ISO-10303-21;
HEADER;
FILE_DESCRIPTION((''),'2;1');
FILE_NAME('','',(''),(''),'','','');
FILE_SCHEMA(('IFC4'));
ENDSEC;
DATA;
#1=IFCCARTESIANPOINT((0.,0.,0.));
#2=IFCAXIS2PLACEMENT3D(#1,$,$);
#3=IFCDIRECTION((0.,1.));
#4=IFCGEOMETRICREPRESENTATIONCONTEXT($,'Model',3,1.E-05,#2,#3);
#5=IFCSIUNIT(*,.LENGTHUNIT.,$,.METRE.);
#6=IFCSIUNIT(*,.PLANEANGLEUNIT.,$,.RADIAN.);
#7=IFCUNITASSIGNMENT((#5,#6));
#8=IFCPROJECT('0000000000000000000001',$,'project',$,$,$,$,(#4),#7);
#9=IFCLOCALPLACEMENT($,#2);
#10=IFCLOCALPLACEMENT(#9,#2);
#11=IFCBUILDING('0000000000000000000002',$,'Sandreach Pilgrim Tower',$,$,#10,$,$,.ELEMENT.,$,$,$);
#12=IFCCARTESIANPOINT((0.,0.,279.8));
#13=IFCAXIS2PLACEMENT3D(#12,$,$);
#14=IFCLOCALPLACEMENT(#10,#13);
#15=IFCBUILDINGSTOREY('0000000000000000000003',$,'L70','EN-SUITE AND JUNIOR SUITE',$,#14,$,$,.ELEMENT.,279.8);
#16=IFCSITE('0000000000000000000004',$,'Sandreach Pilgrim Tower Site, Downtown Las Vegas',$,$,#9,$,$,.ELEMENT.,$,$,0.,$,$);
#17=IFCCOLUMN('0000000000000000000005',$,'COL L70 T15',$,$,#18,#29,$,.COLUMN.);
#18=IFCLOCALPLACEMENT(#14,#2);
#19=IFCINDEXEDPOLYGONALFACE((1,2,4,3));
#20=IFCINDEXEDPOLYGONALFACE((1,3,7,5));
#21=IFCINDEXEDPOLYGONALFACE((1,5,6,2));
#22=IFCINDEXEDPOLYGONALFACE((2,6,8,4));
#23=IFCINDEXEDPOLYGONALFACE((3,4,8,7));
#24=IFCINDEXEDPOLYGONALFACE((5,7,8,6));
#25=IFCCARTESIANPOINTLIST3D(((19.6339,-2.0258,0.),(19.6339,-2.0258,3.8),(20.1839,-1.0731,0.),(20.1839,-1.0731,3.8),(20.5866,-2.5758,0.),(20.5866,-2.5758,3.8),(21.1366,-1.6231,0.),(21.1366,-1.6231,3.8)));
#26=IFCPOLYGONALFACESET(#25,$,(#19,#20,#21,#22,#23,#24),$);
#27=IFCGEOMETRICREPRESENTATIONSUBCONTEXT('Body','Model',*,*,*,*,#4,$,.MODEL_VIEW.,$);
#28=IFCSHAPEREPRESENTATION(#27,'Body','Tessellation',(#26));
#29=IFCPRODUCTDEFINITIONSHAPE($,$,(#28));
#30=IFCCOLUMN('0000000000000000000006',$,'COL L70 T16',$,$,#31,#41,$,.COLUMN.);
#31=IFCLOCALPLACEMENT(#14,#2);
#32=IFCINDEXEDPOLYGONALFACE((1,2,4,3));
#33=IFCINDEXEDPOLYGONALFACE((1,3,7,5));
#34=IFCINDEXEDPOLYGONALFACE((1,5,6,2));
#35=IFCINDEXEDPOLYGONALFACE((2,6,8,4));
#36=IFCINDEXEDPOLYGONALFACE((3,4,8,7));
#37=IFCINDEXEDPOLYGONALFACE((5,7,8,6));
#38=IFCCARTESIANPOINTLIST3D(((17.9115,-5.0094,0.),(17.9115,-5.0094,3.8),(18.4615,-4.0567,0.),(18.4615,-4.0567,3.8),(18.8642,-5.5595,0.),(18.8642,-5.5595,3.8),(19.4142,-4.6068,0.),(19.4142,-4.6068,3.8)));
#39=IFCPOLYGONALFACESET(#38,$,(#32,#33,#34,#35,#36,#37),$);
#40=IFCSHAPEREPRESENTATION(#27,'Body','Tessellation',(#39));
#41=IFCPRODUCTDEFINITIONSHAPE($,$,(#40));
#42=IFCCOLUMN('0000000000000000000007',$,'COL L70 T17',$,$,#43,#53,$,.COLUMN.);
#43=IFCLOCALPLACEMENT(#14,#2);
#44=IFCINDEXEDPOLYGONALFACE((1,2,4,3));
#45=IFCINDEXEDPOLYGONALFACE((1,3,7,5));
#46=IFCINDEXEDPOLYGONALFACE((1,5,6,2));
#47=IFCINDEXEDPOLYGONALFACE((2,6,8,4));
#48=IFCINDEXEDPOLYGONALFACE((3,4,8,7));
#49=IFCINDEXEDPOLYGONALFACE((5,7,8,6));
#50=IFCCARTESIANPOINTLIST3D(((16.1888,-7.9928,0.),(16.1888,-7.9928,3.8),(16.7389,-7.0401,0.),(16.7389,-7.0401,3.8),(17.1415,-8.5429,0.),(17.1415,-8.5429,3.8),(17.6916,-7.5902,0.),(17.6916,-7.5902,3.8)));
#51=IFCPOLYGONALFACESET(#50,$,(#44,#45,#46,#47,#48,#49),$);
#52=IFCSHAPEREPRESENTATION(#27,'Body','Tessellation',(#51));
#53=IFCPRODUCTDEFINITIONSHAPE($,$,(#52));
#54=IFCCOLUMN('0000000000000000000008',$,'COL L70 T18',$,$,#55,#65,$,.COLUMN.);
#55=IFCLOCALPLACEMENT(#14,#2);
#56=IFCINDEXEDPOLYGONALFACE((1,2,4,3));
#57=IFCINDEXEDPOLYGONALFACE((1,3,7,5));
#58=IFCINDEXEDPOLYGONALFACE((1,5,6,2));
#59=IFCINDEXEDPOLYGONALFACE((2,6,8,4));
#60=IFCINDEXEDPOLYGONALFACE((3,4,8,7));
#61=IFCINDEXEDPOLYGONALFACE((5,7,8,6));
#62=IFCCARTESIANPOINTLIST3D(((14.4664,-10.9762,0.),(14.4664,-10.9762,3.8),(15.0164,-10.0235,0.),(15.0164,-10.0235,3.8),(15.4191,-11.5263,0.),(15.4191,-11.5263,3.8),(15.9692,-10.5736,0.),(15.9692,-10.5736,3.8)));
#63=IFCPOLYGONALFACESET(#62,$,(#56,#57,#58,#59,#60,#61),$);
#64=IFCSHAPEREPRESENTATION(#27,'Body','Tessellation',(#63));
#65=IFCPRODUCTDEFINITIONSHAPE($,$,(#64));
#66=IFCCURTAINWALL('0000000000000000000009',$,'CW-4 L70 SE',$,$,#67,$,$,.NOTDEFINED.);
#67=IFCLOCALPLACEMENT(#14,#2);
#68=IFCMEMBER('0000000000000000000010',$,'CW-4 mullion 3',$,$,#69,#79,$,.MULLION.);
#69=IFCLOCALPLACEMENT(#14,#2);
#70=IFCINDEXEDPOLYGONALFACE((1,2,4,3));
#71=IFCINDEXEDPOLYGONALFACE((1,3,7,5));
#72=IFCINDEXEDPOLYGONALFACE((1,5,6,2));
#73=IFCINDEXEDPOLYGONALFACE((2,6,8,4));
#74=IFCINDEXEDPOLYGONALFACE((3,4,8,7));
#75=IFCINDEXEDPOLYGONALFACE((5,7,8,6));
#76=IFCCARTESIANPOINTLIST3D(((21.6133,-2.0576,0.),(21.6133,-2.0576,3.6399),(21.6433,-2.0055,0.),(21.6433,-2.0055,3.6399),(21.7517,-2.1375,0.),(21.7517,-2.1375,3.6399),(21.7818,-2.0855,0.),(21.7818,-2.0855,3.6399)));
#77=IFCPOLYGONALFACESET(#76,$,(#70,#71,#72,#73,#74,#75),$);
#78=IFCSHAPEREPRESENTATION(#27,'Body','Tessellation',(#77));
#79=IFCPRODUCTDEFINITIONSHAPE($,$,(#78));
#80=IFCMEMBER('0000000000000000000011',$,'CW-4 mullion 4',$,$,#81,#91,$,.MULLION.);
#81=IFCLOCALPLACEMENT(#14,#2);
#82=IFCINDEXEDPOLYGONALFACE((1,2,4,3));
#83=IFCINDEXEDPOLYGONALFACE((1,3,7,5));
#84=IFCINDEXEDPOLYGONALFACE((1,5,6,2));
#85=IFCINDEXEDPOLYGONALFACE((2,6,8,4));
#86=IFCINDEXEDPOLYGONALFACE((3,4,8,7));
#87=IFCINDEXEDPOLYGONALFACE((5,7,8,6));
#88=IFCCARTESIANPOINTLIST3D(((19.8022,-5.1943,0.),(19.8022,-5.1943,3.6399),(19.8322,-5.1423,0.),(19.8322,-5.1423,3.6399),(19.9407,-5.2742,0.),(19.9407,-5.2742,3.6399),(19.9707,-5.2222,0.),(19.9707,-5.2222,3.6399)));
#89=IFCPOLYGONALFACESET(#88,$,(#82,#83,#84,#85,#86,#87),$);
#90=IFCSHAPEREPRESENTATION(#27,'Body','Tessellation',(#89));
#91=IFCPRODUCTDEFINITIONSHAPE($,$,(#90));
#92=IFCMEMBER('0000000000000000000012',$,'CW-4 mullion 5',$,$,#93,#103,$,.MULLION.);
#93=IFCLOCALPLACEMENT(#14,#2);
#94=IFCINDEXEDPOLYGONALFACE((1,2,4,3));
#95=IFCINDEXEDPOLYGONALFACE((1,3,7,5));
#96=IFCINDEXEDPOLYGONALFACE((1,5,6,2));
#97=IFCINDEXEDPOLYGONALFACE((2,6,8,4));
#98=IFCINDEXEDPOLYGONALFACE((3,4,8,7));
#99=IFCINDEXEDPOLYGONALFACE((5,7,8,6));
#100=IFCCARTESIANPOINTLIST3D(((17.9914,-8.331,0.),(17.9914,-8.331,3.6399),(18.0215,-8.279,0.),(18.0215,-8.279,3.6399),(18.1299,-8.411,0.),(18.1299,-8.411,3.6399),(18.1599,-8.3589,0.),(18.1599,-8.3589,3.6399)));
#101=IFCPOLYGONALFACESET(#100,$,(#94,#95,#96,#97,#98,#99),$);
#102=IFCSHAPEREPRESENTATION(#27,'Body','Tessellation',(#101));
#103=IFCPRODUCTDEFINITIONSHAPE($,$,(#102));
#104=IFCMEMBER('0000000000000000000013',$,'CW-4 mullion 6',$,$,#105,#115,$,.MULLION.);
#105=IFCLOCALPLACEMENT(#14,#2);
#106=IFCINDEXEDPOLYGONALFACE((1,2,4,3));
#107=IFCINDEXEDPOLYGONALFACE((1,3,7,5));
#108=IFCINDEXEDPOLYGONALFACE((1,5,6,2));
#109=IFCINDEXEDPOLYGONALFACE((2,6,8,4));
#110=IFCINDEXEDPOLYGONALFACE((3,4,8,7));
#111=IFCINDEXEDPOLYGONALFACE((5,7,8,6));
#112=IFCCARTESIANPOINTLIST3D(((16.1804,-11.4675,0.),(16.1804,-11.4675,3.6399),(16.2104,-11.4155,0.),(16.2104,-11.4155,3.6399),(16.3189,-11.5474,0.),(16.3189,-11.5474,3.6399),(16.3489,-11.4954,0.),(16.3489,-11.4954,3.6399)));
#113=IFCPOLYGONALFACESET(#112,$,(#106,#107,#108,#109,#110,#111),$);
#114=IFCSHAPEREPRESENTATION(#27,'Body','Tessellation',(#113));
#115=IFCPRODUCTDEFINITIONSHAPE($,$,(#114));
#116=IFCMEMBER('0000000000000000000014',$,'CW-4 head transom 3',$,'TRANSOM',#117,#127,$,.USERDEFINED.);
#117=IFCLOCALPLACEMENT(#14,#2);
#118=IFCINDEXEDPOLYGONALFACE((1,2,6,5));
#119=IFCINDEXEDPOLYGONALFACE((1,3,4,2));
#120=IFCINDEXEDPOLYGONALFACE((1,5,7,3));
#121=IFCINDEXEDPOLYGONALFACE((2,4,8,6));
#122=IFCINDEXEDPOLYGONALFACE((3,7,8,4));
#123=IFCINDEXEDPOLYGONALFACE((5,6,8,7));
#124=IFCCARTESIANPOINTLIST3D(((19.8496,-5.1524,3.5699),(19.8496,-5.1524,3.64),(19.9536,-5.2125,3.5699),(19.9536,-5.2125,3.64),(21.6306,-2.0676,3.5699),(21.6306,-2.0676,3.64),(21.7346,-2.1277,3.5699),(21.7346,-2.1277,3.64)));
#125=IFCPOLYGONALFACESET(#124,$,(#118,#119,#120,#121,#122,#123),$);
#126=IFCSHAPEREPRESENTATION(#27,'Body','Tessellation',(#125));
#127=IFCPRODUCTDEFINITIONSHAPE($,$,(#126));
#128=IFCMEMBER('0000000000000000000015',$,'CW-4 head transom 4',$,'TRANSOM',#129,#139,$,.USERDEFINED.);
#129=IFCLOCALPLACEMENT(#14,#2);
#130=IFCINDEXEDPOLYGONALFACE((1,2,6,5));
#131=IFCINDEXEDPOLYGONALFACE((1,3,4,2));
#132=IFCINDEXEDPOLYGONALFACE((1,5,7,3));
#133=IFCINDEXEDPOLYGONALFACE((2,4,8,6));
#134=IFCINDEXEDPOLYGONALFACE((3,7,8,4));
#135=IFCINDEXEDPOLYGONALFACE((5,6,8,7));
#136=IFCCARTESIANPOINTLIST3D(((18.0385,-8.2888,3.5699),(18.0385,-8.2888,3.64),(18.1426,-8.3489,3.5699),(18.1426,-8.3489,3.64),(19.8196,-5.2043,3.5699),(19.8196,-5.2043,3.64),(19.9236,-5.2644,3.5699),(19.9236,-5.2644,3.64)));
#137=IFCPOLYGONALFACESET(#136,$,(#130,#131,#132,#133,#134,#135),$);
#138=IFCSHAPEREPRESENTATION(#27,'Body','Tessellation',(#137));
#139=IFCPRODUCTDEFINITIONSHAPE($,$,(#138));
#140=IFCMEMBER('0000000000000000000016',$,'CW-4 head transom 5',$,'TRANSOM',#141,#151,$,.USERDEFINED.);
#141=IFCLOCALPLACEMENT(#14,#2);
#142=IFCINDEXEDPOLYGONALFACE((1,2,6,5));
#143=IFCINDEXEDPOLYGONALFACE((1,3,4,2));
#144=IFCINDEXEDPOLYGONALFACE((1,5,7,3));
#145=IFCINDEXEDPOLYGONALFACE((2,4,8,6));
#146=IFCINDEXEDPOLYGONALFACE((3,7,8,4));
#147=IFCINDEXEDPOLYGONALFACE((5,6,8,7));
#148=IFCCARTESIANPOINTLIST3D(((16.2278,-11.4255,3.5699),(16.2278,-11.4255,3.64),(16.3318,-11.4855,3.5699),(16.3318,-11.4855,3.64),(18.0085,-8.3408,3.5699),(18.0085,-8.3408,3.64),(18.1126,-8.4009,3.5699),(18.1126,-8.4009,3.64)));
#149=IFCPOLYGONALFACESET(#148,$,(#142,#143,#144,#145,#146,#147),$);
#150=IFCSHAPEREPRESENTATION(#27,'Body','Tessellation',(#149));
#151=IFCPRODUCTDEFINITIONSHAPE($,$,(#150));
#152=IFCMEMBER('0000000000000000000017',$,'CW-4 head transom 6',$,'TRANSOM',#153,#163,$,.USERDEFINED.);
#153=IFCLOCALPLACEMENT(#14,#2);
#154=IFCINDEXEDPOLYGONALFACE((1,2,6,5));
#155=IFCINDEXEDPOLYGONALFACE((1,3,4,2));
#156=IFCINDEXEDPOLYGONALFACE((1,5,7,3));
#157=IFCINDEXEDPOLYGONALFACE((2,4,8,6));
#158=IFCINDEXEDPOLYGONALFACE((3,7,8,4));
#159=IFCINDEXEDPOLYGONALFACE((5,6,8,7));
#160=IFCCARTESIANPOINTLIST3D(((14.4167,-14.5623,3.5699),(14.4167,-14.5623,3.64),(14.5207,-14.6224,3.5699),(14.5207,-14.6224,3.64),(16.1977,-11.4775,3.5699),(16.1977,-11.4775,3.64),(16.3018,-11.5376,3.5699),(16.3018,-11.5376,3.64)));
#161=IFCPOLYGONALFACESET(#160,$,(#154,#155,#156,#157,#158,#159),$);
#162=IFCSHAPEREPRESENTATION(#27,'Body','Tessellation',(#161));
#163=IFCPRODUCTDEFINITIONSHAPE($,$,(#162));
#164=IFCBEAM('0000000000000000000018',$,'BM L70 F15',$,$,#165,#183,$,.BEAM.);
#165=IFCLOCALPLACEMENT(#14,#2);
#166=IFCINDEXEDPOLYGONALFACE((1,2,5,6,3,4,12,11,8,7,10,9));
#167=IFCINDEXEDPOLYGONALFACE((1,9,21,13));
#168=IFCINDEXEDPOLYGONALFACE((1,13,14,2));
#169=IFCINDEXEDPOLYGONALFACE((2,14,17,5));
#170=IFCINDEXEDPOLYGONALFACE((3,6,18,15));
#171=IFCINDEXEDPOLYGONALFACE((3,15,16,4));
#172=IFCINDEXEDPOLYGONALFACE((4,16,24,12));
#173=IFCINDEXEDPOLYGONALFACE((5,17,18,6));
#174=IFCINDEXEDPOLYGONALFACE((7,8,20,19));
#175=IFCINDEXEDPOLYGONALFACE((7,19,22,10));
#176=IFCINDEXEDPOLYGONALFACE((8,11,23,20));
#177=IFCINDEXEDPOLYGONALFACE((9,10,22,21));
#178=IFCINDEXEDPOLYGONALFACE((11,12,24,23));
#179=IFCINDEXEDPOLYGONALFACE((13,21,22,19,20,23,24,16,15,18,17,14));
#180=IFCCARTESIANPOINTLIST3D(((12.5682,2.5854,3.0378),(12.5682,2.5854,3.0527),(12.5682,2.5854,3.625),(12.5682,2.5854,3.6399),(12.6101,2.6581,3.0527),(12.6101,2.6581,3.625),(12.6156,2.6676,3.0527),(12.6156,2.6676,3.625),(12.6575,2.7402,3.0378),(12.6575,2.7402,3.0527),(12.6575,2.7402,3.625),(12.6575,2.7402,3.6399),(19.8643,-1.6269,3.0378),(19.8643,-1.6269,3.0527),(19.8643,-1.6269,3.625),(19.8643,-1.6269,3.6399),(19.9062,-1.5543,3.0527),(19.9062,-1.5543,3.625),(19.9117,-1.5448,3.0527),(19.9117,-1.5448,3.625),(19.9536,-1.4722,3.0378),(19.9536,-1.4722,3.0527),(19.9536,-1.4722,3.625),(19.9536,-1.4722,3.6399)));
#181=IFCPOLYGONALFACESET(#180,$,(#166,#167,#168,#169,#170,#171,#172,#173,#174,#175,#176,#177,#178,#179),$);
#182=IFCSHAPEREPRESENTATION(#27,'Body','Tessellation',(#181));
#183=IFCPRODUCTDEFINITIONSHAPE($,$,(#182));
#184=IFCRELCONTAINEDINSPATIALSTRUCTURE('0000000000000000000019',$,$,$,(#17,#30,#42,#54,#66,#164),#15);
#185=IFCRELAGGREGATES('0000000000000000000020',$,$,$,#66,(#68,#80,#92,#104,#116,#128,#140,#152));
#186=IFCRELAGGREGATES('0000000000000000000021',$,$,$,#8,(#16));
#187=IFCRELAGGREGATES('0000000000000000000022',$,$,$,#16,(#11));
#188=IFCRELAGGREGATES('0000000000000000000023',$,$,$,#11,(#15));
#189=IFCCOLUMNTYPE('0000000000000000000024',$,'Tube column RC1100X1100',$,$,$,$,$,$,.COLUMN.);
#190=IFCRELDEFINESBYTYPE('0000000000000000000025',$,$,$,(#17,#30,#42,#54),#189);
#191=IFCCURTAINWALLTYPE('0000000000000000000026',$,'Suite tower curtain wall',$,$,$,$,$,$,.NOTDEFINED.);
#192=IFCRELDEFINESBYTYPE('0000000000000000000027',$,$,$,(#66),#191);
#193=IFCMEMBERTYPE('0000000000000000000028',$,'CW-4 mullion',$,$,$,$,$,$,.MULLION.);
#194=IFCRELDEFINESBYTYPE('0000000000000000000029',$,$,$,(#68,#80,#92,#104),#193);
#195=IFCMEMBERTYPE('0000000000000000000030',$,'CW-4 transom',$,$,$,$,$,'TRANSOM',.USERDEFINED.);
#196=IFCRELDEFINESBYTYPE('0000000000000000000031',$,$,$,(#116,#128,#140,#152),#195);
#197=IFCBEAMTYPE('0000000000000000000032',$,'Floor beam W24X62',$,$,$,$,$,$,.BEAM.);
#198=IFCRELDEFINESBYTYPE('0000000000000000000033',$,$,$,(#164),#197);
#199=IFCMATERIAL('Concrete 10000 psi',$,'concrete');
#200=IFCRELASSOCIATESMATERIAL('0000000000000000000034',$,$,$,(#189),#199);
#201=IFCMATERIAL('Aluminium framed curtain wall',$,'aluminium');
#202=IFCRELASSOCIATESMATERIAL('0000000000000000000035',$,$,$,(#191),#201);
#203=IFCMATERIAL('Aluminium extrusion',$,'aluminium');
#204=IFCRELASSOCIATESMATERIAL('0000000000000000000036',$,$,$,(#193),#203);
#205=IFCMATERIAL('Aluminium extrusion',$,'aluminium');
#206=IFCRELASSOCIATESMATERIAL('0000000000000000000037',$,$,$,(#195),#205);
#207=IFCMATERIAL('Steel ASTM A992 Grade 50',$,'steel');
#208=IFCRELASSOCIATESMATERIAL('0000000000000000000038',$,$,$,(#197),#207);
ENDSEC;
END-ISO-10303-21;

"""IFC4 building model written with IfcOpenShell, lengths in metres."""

from ifc_helpers import new_model, si_unit, direction, frame, origin, origin_2d, place, context, subcontext, project, spatial, rectangle, i_section, extrude, material, material_profile, profile_set, type_object, element, aggregate, save


model = new_model("IFC4")

# Units and contexts
model_context = context("Model", 3, precision=1e-05, world=origin(), true_north=direction((0.0, 1.0)))
body_context = subcontext(model_context, "Body", "Model", "MODEL_VIEW")
ifc_project = project(units=[si_unit("LENGTHUNIT", "METRE"), si_unit("PLANEANGLEUNIT", "RADIAN")], contexts=[model_context])

# Site, building, storey
site_placement = place(None, origin())
site = spatial("IfcSite", under=ifc_project, at=site_placement, Name="Sandreach Pilgrim Tower Site, Downtown Las Vegas", CompositionType="ELEMENT", RefElevation=0.0)
building_placement = place(site_placement, origin())
building = spatial("IfcBuilding", under=site, at=building_placement, Name="Sandreach Pilgrim Tower", CompositionType="ELEMENT")
storey_placement = place(building_placement, frame((0.0, 0.0, 279.8)))
storey = spatial("IfcBuildingStorey", under=building, at=storey_placement, Name="L70", Description="EN-SUITE AND JUNIOR SUITE", CompositionType="ELEMENT", Elevation=279.8)

# Columns
ifc_material_1 = material(Name="Concrete 10000 psi", Category="concrete")
ifc_material_profile_1 = material_profile(ifc_material_1, rectangle(XDim=1.1001, YDim=1.1001, at=origin_2d()), Name="RC1100X1100")
ifc_profile_set_1 = profile_set([ifc_material_profile_1], Name="Concrete 10000 psi")
column_type = type_object("IfcColumnType", Name="Tube column RC1100X1100", PredefinedType="COLUMN", material=ifc_profile_set_1)
for number, where, z_axis, x_axis, name in (
    (1, (20.3853, -1.8245, 0.0), (0.0, 0.0, 1.0), (0.866025, -0.5, 0.0), "COL L70 T15"),
    (2, (18.6628, -4.8081, 0.0), (0.0, 0.0, 1.0), (0.866025, -0.5, 0.0), "COL L70 T16"),
    (3, (16.9402, -7.7915, 0.0), (0.0, 0.0, 1.0), (0.866025, -0.5, 0.0), "COL L70 T17"),
    (4, (15.2178, -10.7749, 0.0), (0.0, 0.0, 1.0), (0.866025, -0.5, 0.0), "COL L70 T18"),
):
    element("IfcColumn", number, at=place(storey_placement, frame(where, z_axis=z_axis, x_axis=x_axis)), inside=storey, type_object=column_type, Name=name, PredefinedType="COLUMN", context=body_context, shape_type="SweptSolid", body=[
        extrude(rectangle(XDim=1.1001, YDim=1.1001, at=origin_2d()), origin(), (0.0, 0.0, 1.0), 3.8),
    ])

# Curtain wall, members
ifc_material_2 = material(Name="Aluminium framed curtain wall", Category="aluminium")
curtain_wall_type = type_object("IfcCurtainWallType", Name="Suite tower curtain wall", PredefinedType="NOTDEFINED", material=ifc_material_2)
curtain_wall_placement = place(storey_placement, origin())
curtain_wall = element("IfcCurtainWall", 5, at=curtain_wall_placement, inside=storey, type_object=curtain_wall_type, Name="CW-4 L70 SE", PredefinedType="NOTDEFINED")
ifc_material_3 = material(Name="Aluminium extrusion", Category="aluminium")
ifc_material_profile_2 = material_profile(ifc_material_3, rectangle(XDim=0.0601, YDim=0.1599, at=origin_2d()), Name="CW-4M 60X160")
ifc_profile_set_2 = profile_set([ifc_material_profile_2], Name="Aluminium extrusion")
member_type_1 = type_object("IfcMemberType", Name="CW-4 mullion", PredefinedType="MULLION", material=ifc_profile_set_2)
member_1_placement = place(storey_placement, frame((21.6975, -2.0715, 0.0), z_axis=(0.0, 0.0, 1.0), x_axis=(-0.5, -0.866025, 0.0)))
member_1 = element("IfcMember", 6, at=member_1_placement, type_object=member_type_1, Name="CW-4 mullion 3", PredefinedType="MULLION", context=body_context, shape_type="SweptSolid", body=[
    extrude(rectangle(XDim=0.0601, YDim=0.1599, at=origin_2d()), origin(), (0.0, 0.0, 1.0), 3.6399),
])
member_2_placement = place(storey_placement, frame((19.8865, -5.2083, 0.0), z_axis=(0.0, 0.0, 1.0), x_axis=(-0.5, -0.866025, 0.0)))
member_2 = element("IfcMember", 7, at=member_2_placement, type_object=member_type_1, Name="CW-4 mullion 4", PredefinedType="MULLION", context=body_context, shape_type="SweptSolid", body=[
    extrude(rectangle(XDim=0.0601, YDim=0.1599, at=origin_2d()), origin(), (0.0, 0.0, 1.0), 3.6399),
])
member_3_placement = place(storey_placement, frame((18.0757, -8.345, 0.0), z_axis=(0.0, 0.0, 1.0), x_axis=(-0.5, -0.866025, 0.0)))
member_3 = element("IfcMember", 8, at=member_3_placement, type_object=member_type_1, Name="CW-4 mullion 5", PredefinedType="MULLION", context=body_context, shape_type="SweptSolid", body=[
    extrude(rectangle(XDim=0.0601, YDim=0.1599, at=origin_2d()), origin(), (0.0, 0.0, 1.0), 3.6399),
])
member_4_placement = place(storey_placement, frame((16.2646, -11.4814, 0.0), z_axis=(0.0, 0.0, 1.0), x_axis=(-0.5, -0.866025, 0.0)))
member_4 = element("IfcMember", 9, at=member_4_placement, type_object=member_type_1, Name="CW-4 mullion 6", PredefinedType="MULLION", context=body_context, shape_type="SweptSolid", body=[
    extrude(rectangle(XDim=0.0601, YDim=0.1599, at=origin_2d()), origin(), (0.0, 0.0, 1.0), 3.6399),
])
ifc_material_4 = material(Name="Aluminium extrusion", Category="aluminium")
ifc_material_profile_3 = material_profile(ifc_material_4, rectangle(XDim=0.1201, YDim=0.0701, at=origin_2d()), Name="CW-4T 120X70")
ifc_profile_set_3 = profile_set([ifc_material_profile_3], Name="Aluminium extrusion")
member_type_2 = type_object("IfcMemberType", Name="CW-4 transom", ElementType="TRANSOM", PredefinedType="USERDEFINED", material=ifc_profile_set_3)
member_5_placement = place(storey_placement, frame((21.6826, -2.0977, 3.605), z_axis=(-0.500009, -0.86602, 0.0), x_axis=(0.86602, -0.500009, 0.0)))
member_5 = element("IfcMember", 10, at=member_5_placement, type_object=member_type_2, Name="CW-4 head transom 3", ObjectType="TRANSOM", PredefinedType="USERDEFINED", context=body_context, shape_type="SweptSolid", body=[
    extrude(rectangle(XDim=0.1201, YDim=0.0701, at=origin_2d()), origin(), (0.0, 0.0, 1.0), 3.562),
])
member_6_placement = place(storey_placement, frame((19.8716, -5.2344, 3.605), z_axis=(-0.500039, -0.866003, 0.0), x_axis=(0.866003, -0.500039, 0.0)))
member_6 = element("IfcMember", 11, at=member_6_placement, type_object=member_type_2, Name="CW-4 head transom 4", ObjectType="TRANSOM", PredefinedType="USERDEFINED", context=body_context, shape_type="SweptSolid", body=[
    extrude(rectangle(XDim=0.1201, YDim=0.0701, at=origin_2d()), origin(), (0.0, 0.0, 1.0), 3.5618),
])
member_7_placement = place(storey_placement, frame((18.0605, -8.3708, 3.605), z_axis=(-0.499958, -0.86605, 0.0), x_axis=(0.86605, -0.499958, 0.0)))
member_7 = element("IfcMember", 12, at=member_7_placement, type_object=member_type_2, Name="CW-4 head transom 5", ObjectType="TRANSOM", PredefinedType="USERDEFINED", context=body_context, shape_type="SweptSolid", body=[
    extrude(rectangle(XDim=0.1201, YDim=0.0701, at=origin_2d()), origin(), (0.0, 0.0, 1.0), 3.5618),
])
member_8_placement = place(storey_placement, frame((16.2498, -11.5076, 3.605), z_axis=(-0.500009, -0.86602, 0.0), x_axis=(0.86602, -0.500009, 0.0)))
member_8 = element("IfcMember", 13, at=member_8_placement, type_object=member_type_2, Name="CW-4 head transom 6", ObjectType="TRANSOM", PredefinedType="USERDEFINED", context=body_context, shape_type="SweptSolid", body=[
    extrude(rectangle(XDim=0.1201, YDim=0.0701, at=origin_2d()), origin(), (0.0, 0.0, 1.0), 3.562),
])

# Beam
ifc_material_5 = material(Name="Steel ASTM A992 Grade 50", Category="steel")
ifc_material_profile_4 = material_profile(ifc_material_5, i_section(OverallWidth=0.1787, OverallDepth=0.6021, WebThickness=0.011, FlangeThickness=0.0149, at=origin_2d()), Name="W24X62")
ifc_profile_set_4 = profile_set([ifc_material_profile_4], Name="Steel ASTM A992 Grade 50")
beam_type_1 = type_object("IfcBeamType", Name="Floor beam W24X62", PredefinedType="BEAM", material=ifc_profile_set_4)
beam_1_placement = place(storey_placement, frame((19.9089, -1.5496, 3.3389), z_axis=(-0.866027, 0.499998, 0.0), x_axis=(-0.499998, -0.866027, 0.0)))
element("IfcBeam", 14, at=beam_1_placement, inside=storey, type_object=beam_type_1, Name="BM L70 F15", PredefinedType="BEAM", context=body_context, shape_type="SweptSolid", body=[
    extrude(i_section(OverallWidth=0.1787, OverallDepth=0.6021, WebThickness=0.011, FlangeThickness=0.0149, at=origin_2d()), origin(), (0.0, 0.0, 1.0), 8.4248),
])

aggregate(curtain_wall, [member_1, member_2, member_3, member_4, member_5, member_6, member_7, member_8])

save(model, "model.ifc")
